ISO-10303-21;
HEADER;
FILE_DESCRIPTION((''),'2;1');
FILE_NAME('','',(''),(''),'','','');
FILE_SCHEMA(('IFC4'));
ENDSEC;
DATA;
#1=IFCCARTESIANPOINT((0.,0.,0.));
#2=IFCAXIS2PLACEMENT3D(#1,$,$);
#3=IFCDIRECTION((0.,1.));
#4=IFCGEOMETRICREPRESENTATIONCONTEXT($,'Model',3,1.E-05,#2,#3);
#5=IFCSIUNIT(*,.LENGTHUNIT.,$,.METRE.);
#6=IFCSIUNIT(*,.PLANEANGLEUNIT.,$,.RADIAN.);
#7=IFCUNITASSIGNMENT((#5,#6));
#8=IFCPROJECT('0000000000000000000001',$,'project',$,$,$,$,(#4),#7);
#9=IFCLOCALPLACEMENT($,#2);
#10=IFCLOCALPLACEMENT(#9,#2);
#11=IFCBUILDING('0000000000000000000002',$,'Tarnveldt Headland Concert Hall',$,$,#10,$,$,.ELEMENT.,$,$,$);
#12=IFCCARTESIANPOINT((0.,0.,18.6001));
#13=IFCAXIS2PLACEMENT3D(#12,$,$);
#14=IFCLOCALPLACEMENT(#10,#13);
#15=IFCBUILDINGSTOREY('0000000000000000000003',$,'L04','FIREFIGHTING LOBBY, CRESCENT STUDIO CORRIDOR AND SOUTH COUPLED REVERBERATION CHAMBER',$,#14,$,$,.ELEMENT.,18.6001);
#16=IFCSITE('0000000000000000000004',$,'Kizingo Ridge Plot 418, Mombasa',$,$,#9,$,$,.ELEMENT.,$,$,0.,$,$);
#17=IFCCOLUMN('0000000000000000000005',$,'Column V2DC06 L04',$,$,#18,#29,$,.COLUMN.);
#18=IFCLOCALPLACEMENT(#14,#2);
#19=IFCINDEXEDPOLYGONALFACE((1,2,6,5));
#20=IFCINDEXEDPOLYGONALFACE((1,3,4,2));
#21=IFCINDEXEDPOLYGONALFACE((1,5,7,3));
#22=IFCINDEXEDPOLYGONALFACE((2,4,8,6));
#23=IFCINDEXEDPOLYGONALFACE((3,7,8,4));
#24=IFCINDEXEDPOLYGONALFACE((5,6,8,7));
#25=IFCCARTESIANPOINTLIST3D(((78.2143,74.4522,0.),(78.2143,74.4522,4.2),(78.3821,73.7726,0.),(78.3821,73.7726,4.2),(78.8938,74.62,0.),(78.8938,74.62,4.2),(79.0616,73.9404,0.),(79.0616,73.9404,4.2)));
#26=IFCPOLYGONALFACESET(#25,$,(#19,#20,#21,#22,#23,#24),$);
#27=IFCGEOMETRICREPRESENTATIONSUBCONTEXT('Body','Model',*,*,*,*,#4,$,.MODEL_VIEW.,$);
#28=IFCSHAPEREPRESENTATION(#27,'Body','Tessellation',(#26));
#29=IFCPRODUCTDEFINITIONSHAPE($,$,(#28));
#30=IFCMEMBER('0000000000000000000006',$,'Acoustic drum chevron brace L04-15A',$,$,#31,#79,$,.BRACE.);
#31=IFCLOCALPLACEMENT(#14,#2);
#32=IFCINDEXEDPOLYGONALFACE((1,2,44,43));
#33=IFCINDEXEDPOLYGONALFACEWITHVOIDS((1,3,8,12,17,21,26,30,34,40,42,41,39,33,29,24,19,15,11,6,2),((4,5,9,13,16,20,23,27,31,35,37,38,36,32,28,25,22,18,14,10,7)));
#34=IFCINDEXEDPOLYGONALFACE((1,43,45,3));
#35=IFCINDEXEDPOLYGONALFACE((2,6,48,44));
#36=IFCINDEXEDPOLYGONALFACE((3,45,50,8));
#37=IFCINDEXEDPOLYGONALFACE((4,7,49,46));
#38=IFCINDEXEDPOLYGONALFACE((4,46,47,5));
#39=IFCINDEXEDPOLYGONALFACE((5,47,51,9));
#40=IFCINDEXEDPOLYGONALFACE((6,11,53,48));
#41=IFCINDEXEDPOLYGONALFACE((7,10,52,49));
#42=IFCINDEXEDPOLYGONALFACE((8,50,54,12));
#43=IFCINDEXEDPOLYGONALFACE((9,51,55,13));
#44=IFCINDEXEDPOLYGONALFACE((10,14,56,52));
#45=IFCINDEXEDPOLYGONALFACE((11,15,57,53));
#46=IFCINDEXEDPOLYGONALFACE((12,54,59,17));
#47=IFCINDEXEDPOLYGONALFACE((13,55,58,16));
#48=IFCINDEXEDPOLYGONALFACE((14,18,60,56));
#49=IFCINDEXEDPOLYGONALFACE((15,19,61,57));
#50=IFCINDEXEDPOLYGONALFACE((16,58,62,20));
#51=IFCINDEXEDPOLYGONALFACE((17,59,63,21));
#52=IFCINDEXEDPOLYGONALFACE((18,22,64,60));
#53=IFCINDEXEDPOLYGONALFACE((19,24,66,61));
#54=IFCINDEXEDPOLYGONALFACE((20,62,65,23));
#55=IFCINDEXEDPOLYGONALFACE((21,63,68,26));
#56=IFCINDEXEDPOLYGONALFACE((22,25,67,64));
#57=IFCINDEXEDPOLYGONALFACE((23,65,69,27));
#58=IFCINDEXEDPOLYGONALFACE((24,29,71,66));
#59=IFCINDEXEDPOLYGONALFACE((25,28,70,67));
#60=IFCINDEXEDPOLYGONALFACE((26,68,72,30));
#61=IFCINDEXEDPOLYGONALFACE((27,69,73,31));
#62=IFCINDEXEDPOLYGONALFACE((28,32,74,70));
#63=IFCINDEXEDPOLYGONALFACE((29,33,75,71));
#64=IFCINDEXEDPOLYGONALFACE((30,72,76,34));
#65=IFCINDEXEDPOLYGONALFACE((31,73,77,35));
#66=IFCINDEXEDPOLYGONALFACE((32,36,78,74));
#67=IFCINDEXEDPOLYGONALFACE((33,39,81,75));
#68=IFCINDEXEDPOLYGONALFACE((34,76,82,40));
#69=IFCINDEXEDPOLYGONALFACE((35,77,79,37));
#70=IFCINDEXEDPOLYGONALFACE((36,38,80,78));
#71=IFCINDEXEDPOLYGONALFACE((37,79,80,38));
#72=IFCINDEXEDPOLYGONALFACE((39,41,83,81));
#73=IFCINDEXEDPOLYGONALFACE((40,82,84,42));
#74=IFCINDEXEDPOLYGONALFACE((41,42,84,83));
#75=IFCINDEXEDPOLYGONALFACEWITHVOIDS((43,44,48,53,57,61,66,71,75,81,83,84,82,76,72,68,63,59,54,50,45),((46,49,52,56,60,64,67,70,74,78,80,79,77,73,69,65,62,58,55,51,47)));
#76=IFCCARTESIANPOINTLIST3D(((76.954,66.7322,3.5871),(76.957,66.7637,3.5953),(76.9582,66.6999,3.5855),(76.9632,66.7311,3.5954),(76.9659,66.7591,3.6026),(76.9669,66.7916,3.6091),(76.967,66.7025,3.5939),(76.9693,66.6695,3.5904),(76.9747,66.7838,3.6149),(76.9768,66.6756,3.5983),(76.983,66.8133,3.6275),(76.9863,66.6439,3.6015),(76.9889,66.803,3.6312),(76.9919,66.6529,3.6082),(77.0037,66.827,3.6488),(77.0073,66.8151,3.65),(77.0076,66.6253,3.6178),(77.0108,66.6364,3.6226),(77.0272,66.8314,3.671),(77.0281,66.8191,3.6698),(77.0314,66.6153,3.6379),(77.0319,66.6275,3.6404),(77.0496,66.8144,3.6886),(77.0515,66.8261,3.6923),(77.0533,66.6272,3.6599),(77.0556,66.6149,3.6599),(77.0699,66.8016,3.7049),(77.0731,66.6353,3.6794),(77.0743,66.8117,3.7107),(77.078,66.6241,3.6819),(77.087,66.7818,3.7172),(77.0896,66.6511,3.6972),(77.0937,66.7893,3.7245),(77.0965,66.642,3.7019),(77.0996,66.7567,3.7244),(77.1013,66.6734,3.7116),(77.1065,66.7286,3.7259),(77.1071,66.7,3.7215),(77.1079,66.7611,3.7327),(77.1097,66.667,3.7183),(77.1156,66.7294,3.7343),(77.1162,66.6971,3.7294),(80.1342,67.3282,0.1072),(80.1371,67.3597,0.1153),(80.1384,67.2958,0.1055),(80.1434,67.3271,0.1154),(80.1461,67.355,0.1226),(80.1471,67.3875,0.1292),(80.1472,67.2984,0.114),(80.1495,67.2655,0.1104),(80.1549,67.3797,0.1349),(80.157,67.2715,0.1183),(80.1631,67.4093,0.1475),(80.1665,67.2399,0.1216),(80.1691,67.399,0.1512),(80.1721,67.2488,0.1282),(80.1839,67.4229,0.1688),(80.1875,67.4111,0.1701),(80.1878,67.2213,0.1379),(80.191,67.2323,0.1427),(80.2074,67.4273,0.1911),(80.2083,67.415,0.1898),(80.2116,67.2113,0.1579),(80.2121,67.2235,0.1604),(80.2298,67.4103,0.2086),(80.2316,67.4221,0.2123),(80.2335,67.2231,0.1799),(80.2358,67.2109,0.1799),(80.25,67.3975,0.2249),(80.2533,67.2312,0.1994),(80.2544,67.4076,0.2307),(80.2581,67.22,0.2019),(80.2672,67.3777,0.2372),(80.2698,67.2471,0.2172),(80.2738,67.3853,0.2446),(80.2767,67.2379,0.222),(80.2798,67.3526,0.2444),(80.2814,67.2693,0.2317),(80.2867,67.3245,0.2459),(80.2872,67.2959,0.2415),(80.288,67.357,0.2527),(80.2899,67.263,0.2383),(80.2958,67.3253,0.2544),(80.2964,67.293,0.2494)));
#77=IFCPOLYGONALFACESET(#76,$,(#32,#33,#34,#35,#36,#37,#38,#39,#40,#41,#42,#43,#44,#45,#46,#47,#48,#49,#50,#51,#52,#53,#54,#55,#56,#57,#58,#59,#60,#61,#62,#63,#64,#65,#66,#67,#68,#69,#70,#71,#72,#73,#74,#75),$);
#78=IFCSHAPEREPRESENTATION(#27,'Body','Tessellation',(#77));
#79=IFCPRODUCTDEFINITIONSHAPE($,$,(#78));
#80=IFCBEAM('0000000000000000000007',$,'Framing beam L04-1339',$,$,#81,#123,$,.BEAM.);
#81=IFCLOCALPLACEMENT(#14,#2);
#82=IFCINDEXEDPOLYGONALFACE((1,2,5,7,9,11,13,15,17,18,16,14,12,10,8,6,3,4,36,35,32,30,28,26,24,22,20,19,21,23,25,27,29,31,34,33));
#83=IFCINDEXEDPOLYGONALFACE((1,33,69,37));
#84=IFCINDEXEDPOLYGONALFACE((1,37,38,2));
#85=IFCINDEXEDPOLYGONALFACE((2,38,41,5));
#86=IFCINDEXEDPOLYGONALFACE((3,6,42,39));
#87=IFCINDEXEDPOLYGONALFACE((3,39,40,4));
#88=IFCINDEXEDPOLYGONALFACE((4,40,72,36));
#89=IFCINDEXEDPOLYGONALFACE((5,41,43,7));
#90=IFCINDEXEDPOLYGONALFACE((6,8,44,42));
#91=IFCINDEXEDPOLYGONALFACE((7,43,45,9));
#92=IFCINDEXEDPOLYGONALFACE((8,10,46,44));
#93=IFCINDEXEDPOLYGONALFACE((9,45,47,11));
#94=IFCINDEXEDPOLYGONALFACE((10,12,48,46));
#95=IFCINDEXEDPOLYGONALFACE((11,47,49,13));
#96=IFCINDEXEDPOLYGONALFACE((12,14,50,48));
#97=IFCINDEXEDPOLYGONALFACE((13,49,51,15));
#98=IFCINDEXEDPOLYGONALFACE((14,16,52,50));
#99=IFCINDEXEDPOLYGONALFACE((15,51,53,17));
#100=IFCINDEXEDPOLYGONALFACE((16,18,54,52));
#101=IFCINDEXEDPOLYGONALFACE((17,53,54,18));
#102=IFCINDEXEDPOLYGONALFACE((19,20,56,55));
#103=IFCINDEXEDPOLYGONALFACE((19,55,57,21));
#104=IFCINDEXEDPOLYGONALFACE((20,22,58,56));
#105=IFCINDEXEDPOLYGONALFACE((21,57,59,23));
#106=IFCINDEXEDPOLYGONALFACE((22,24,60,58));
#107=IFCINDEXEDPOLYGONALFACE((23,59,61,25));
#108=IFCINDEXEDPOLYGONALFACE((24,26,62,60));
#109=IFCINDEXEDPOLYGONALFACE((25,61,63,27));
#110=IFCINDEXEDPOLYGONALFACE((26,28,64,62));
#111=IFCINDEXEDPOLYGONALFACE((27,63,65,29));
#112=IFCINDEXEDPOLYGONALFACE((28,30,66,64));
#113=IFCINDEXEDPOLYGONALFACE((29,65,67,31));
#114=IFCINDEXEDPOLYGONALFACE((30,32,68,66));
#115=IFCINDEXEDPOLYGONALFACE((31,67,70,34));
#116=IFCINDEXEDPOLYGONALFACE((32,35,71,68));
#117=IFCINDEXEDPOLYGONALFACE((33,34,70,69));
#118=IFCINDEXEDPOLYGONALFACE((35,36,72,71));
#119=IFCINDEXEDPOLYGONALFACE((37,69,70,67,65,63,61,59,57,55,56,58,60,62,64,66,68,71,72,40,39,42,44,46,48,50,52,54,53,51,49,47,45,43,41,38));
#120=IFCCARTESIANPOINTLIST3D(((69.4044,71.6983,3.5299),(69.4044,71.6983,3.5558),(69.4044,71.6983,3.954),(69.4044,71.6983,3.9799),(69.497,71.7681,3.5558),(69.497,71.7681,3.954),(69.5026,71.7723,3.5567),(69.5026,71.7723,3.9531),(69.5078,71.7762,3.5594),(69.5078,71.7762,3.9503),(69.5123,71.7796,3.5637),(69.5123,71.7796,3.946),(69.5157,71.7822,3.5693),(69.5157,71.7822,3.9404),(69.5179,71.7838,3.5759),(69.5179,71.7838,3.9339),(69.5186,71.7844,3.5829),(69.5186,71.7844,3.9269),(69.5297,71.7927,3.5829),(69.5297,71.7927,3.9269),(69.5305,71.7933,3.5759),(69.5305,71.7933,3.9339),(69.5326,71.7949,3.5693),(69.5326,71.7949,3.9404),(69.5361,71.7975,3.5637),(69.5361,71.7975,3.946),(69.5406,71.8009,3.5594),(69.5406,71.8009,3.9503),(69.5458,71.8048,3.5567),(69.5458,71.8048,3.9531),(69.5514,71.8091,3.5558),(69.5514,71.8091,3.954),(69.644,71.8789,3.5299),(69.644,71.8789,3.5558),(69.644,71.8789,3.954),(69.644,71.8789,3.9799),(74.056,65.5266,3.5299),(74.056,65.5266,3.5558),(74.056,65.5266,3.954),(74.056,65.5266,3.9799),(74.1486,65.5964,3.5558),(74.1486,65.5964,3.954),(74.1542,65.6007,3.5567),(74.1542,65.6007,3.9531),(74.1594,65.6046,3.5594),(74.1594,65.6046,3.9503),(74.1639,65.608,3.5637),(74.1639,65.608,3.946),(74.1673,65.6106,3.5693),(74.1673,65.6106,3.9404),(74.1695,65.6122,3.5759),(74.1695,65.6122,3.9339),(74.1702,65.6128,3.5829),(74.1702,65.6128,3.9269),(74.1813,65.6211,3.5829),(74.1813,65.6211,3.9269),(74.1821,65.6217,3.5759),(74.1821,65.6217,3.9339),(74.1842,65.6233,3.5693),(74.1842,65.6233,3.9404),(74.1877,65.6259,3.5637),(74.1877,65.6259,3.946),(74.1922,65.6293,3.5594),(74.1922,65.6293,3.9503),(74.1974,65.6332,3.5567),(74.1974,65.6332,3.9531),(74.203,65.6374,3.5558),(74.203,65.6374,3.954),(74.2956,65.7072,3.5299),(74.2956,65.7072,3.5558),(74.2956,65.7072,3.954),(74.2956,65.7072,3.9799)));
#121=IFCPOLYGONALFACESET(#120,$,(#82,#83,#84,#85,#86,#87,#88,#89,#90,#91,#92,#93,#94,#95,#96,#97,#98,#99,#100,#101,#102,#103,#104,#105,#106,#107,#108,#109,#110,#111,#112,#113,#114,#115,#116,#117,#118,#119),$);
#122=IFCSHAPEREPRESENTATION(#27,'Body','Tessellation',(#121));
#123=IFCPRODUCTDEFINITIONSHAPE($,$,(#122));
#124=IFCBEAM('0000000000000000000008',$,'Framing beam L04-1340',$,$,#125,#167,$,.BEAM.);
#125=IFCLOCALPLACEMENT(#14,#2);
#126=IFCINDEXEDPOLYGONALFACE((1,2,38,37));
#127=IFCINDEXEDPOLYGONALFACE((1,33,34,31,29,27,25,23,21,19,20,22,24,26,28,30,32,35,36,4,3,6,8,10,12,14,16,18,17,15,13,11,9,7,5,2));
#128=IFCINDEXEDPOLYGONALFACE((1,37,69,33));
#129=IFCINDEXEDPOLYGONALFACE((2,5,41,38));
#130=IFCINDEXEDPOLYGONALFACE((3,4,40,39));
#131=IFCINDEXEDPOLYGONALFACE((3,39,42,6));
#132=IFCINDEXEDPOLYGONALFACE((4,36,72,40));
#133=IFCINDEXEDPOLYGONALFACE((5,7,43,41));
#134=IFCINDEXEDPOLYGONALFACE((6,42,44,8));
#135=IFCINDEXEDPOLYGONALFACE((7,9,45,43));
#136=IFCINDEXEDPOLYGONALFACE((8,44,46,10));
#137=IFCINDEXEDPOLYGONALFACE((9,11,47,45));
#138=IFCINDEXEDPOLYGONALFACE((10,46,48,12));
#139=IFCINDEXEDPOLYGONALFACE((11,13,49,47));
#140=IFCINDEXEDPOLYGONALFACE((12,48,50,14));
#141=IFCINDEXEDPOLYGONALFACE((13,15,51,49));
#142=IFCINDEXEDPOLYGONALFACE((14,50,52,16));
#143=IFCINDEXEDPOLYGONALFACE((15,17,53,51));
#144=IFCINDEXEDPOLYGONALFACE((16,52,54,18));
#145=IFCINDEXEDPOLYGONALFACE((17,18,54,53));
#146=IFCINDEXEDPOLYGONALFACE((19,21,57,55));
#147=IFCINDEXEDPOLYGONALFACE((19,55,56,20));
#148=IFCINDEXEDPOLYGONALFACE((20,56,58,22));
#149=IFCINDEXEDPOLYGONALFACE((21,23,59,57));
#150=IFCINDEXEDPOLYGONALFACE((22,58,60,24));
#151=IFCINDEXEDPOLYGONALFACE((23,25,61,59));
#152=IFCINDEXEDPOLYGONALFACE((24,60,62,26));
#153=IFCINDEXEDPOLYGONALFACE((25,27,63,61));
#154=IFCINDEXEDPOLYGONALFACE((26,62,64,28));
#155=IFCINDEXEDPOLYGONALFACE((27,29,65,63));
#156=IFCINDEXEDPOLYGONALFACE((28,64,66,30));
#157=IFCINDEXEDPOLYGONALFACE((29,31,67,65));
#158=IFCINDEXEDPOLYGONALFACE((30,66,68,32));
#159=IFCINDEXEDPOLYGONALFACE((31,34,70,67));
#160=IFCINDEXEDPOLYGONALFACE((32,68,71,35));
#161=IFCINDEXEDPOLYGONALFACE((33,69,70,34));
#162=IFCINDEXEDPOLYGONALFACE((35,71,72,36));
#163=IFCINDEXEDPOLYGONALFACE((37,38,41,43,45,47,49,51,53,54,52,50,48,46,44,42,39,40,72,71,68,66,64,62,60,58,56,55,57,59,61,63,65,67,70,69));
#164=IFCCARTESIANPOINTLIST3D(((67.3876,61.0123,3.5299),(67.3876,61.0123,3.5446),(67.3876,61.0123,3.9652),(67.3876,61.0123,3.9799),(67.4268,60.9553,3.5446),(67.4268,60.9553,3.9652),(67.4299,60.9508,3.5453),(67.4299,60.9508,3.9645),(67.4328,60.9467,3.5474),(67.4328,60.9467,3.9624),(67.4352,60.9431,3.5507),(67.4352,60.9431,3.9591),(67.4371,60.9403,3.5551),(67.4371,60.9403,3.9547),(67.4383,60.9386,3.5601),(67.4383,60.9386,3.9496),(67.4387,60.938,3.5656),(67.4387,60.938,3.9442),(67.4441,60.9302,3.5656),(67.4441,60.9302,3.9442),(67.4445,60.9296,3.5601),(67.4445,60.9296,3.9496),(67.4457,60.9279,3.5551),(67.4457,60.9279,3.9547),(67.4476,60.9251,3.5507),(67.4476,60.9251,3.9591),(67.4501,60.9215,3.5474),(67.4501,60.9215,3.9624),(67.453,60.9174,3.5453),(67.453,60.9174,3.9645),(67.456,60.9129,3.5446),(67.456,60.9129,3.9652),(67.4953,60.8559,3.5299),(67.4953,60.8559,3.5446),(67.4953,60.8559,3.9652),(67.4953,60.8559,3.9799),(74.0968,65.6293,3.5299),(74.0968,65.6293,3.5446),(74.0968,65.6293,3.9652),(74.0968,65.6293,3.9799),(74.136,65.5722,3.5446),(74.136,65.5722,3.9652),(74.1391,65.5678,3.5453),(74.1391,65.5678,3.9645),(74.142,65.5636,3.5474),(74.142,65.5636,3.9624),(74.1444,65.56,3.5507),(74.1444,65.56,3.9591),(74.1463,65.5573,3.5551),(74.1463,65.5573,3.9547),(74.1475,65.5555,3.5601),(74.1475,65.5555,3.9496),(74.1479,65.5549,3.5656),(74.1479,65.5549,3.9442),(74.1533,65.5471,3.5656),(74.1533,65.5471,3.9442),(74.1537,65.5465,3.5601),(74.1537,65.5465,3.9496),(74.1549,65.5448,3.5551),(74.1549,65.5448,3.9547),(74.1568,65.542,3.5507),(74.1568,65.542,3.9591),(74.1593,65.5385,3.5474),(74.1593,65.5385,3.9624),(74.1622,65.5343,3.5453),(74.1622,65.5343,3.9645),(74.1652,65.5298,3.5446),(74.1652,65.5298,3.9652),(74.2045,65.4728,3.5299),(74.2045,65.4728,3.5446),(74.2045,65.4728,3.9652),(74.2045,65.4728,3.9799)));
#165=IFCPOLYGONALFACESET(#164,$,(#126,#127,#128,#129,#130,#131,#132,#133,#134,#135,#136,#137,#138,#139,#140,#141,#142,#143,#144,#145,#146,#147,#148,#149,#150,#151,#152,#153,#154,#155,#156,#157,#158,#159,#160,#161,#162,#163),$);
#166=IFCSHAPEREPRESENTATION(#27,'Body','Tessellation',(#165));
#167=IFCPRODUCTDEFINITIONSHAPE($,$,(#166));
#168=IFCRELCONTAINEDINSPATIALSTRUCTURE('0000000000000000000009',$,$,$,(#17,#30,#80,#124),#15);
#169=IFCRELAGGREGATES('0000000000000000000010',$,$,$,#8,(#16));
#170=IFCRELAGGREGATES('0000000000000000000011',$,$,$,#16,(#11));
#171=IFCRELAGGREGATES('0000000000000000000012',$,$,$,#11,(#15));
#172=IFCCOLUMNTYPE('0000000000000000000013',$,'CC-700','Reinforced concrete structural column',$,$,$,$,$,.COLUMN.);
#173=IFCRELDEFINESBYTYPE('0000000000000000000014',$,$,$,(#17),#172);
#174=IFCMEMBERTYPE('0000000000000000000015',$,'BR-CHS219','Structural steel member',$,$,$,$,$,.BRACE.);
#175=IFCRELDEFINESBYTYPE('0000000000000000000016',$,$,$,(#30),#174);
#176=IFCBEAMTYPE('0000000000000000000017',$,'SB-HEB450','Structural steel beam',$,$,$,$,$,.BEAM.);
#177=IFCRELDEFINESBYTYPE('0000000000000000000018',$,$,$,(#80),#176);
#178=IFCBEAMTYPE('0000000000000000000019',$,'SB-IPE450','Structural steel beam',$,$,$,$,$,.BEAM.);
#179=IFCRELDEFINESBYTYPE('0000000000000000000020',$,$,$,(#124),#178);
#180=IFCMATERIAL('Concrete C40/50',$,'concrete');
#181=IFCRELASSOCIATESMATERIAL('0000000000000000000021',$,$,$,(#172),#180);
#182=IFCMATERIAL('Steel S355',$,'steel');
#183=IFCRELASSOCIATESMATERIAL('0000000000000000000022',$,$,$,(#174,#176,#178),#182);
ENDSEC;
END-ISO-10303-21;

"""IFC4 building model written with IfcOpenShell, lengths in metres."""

from ifc_helpers import new_model, si_unit, direction, frame, origin, origin_2d, place, context, subcontext, project, spatial, rectangle, hollow_circle, i_section, extrude, material, material_profile, profile_set, type_object, element, save


model = new_model("IFC4")

# Units and contexts
model_context = context("Model", 3, precision=1e-05, world=origin(), true_north=direction((0.0, 1.0)))
body_context = subcontext(model_context, "Body", "Model", "MODEL_VIEW")
ifc_project = project(units=[si_unit("LENGTHUNIT", "METRE"), si_unit("PLANEANGLEUNIT", "RADIAN")], contexts=[model_context])

# Site, building, storey
site_placement = place(None, origin())
site = spatial("IfcSite", under=ifc_project, at=site_placement, Name="Kizingo Ridge Plot 418, Mombasa", CompositionType="ELEMENT", RefElevation=0.0)
building_placement = place(site_placement, origin())
building = spatial("IfcBuilding", under=site, at=building_placement, Name="Tarnveldt Headland Concert Hall", CompositionType="ELEMENT")
storey_placement = place(building_placement, frame((0.0, 0.0, 18.6001)))
storey = spatial("IfcBuildingStorey", under=building, at=storey_placement, Name="L04", Description="FIREFIGHTING LOBBY, CRESCENT STUDIO CORRIDOR AND SOUTH COUPLED REVERBERATION CHAMBER", CompositionType="ELEMENT", Elevation=18.6001)

# Column
ifc_material_1 = material(Name="Concrete C40/50", Category="concrete")
ifc_material_profile_1 = material_profile(ifc_material_1, rectangle(XDim=0.7, YDim=0.7, at=origin_2d()), Name="RC 700x700", Category="concrete")
ifc_profile_set_1 = profile_set([ifc_material_profile_1], Name="Concrete C40/50")
column_type_1 = type_object("IfcColumnType", Name="CC-700", Description="Reinforced concrete structural column", PredefinedType="COLUMN", material=ifc_profile_set_1)
column_1_placement = place(storey_placement, frame((78.6379, 74.1963, 0.0), z_axis=(0.0, 0.0, 1.0), x_axis=(-0.23972, 0.970842, 0.0)))
element("IfcColumn", 1, at=column_1_placement, inside=storey, type_object=column_type_1, Name="Column V2DC06 L04", PredefinedType="COLUMN", context=body_context, shape_type="SweptSolid", body=[
    extrude(rectangle(XDim=0.7, YDim=0.7, at=origin_2d()), origin(), (0.0, 0.0, 1.0), 4.2),
])

# Member
ifc_material_2 = material(Name="Steel S355", Category="steel")
ifc_material_profile_2 = material_profile(ifc_material_2, hollow_circle(Radius=0.1096, WallThickness=0.0125, at=origin_2d()), Name="CHS 219.1x12.5", Category="steel")
ifc_profile_set_2 = profile_set([ifc_material_profile_2], Name="Steel S355")
member_type = type_object("IfcMemberType", Name="BR-CHS219", Description="Structural steel member", PredefinedType="BRACE", material=ifc_profile_set_2)
member_placement = place(storey_placement, frame((80.2156, 67.3186, 0.1799), z_axis=(-0.669267, -0.125417, 0.732361), x_axis=(0.184188, -0.982891, 0.0)))
element("IfcMember", 2, at=member_placement, inside=storey, type_object=member_type, Name="Acoustic drum chevron brace L04-15A", PredefinedType="BRACE", context=body_context, shape_type="SweptSolid", body=[
    extrude(hollow_circle(Radius=0.1096, WallThickness=0.0125, at=origin_2d()), origin(), (0.0, 0.0, 1.0), 4.7517),
])

# Beams
ifc_material_profile_3 = material_profile(ifc_material_2, i_section(OverallWidth=0.3, OverallDepth=0.45, WebThickness=0.0139, FlangeThickness=0.0259, FilletRadius=0.0271, at=origin_2d()), Name="HEB450", Category="steel")
ifc_profile_set_3 = profile_set([ifc_material_profile_3], Name="Steel S355")
beam_type_1 = type_object("IfcBeamType", Name="SB-HEB450", Description="Structural steel beam", PredefinedType="BEAM", material=ifc_profile_set_3)
beam_1_placement = place(storey_placement, frame((74.1758, 65.6169, 3.7549), z_axis=(-0.601894, 0.798576, 0.0), x_axis=(-0.798576, -0.601894, 0.0)))
element("IfcBeam", 3, at=beam_1_placement, inside=storey, type_object=beam_type_1, Name="Framing beam L04-1339", PredefinedType="BEAM", context=body_context, shape_type="SweptSolid", body=[
    extrude(i_section(OverallWidth=0.3, OverallDepth=0.45, WebThickness=0.0139, FlangeThickness=0.0259, FilletRadius=0.0271, at=origin_2d()), origin(), (0.0, 0.0, 1.0), 7.7283),
])
ifc_material_profile_4 = material_profile(ifc_material_2, i_section(OverallWidth=0.1899, OverallDepth=0.45, WebThickness=0.0095, FlangeThickness=0.0146, FilletRadius=0.021, at=origin_2d()), Name="IPE450", Category="steel")
ifc_profile_set_4 = profile_set([ifc_material_profile_4], Name="Steel S355")
beam_type_2 = type_object("IfcBeamType", Name="SB-IPE450", Description="Structural steel beam", PredefinedType="BEAM", material=ifc_profile_set_4)
beam_2_placement = place(storey_placement, frame((74.1506, 65.551, 3.7549), z_axis=(-0.823793, -0.566891, 0.0), x_axis=(0.566891, -0.823793, 0.0)))
element("IfcBeam", 4, at=beam_2_placement, inside=storey, type_object=beam_type_2, Name="Framing beam L04-1340", PredefinedType="BEAM", context=body_context, shape_type="SweptSolid", body=[
    extrude(i_section(OverallWidth=0.1899, OverallDepth=0.45, WebThickness=0.0095, FlangeThickness=0.0146, FilletRadius=0.021, at=origin_2d()), origin(), (0.0, 0.0, 1.0), 8.1443),
])

save(model, "model.ifc")
